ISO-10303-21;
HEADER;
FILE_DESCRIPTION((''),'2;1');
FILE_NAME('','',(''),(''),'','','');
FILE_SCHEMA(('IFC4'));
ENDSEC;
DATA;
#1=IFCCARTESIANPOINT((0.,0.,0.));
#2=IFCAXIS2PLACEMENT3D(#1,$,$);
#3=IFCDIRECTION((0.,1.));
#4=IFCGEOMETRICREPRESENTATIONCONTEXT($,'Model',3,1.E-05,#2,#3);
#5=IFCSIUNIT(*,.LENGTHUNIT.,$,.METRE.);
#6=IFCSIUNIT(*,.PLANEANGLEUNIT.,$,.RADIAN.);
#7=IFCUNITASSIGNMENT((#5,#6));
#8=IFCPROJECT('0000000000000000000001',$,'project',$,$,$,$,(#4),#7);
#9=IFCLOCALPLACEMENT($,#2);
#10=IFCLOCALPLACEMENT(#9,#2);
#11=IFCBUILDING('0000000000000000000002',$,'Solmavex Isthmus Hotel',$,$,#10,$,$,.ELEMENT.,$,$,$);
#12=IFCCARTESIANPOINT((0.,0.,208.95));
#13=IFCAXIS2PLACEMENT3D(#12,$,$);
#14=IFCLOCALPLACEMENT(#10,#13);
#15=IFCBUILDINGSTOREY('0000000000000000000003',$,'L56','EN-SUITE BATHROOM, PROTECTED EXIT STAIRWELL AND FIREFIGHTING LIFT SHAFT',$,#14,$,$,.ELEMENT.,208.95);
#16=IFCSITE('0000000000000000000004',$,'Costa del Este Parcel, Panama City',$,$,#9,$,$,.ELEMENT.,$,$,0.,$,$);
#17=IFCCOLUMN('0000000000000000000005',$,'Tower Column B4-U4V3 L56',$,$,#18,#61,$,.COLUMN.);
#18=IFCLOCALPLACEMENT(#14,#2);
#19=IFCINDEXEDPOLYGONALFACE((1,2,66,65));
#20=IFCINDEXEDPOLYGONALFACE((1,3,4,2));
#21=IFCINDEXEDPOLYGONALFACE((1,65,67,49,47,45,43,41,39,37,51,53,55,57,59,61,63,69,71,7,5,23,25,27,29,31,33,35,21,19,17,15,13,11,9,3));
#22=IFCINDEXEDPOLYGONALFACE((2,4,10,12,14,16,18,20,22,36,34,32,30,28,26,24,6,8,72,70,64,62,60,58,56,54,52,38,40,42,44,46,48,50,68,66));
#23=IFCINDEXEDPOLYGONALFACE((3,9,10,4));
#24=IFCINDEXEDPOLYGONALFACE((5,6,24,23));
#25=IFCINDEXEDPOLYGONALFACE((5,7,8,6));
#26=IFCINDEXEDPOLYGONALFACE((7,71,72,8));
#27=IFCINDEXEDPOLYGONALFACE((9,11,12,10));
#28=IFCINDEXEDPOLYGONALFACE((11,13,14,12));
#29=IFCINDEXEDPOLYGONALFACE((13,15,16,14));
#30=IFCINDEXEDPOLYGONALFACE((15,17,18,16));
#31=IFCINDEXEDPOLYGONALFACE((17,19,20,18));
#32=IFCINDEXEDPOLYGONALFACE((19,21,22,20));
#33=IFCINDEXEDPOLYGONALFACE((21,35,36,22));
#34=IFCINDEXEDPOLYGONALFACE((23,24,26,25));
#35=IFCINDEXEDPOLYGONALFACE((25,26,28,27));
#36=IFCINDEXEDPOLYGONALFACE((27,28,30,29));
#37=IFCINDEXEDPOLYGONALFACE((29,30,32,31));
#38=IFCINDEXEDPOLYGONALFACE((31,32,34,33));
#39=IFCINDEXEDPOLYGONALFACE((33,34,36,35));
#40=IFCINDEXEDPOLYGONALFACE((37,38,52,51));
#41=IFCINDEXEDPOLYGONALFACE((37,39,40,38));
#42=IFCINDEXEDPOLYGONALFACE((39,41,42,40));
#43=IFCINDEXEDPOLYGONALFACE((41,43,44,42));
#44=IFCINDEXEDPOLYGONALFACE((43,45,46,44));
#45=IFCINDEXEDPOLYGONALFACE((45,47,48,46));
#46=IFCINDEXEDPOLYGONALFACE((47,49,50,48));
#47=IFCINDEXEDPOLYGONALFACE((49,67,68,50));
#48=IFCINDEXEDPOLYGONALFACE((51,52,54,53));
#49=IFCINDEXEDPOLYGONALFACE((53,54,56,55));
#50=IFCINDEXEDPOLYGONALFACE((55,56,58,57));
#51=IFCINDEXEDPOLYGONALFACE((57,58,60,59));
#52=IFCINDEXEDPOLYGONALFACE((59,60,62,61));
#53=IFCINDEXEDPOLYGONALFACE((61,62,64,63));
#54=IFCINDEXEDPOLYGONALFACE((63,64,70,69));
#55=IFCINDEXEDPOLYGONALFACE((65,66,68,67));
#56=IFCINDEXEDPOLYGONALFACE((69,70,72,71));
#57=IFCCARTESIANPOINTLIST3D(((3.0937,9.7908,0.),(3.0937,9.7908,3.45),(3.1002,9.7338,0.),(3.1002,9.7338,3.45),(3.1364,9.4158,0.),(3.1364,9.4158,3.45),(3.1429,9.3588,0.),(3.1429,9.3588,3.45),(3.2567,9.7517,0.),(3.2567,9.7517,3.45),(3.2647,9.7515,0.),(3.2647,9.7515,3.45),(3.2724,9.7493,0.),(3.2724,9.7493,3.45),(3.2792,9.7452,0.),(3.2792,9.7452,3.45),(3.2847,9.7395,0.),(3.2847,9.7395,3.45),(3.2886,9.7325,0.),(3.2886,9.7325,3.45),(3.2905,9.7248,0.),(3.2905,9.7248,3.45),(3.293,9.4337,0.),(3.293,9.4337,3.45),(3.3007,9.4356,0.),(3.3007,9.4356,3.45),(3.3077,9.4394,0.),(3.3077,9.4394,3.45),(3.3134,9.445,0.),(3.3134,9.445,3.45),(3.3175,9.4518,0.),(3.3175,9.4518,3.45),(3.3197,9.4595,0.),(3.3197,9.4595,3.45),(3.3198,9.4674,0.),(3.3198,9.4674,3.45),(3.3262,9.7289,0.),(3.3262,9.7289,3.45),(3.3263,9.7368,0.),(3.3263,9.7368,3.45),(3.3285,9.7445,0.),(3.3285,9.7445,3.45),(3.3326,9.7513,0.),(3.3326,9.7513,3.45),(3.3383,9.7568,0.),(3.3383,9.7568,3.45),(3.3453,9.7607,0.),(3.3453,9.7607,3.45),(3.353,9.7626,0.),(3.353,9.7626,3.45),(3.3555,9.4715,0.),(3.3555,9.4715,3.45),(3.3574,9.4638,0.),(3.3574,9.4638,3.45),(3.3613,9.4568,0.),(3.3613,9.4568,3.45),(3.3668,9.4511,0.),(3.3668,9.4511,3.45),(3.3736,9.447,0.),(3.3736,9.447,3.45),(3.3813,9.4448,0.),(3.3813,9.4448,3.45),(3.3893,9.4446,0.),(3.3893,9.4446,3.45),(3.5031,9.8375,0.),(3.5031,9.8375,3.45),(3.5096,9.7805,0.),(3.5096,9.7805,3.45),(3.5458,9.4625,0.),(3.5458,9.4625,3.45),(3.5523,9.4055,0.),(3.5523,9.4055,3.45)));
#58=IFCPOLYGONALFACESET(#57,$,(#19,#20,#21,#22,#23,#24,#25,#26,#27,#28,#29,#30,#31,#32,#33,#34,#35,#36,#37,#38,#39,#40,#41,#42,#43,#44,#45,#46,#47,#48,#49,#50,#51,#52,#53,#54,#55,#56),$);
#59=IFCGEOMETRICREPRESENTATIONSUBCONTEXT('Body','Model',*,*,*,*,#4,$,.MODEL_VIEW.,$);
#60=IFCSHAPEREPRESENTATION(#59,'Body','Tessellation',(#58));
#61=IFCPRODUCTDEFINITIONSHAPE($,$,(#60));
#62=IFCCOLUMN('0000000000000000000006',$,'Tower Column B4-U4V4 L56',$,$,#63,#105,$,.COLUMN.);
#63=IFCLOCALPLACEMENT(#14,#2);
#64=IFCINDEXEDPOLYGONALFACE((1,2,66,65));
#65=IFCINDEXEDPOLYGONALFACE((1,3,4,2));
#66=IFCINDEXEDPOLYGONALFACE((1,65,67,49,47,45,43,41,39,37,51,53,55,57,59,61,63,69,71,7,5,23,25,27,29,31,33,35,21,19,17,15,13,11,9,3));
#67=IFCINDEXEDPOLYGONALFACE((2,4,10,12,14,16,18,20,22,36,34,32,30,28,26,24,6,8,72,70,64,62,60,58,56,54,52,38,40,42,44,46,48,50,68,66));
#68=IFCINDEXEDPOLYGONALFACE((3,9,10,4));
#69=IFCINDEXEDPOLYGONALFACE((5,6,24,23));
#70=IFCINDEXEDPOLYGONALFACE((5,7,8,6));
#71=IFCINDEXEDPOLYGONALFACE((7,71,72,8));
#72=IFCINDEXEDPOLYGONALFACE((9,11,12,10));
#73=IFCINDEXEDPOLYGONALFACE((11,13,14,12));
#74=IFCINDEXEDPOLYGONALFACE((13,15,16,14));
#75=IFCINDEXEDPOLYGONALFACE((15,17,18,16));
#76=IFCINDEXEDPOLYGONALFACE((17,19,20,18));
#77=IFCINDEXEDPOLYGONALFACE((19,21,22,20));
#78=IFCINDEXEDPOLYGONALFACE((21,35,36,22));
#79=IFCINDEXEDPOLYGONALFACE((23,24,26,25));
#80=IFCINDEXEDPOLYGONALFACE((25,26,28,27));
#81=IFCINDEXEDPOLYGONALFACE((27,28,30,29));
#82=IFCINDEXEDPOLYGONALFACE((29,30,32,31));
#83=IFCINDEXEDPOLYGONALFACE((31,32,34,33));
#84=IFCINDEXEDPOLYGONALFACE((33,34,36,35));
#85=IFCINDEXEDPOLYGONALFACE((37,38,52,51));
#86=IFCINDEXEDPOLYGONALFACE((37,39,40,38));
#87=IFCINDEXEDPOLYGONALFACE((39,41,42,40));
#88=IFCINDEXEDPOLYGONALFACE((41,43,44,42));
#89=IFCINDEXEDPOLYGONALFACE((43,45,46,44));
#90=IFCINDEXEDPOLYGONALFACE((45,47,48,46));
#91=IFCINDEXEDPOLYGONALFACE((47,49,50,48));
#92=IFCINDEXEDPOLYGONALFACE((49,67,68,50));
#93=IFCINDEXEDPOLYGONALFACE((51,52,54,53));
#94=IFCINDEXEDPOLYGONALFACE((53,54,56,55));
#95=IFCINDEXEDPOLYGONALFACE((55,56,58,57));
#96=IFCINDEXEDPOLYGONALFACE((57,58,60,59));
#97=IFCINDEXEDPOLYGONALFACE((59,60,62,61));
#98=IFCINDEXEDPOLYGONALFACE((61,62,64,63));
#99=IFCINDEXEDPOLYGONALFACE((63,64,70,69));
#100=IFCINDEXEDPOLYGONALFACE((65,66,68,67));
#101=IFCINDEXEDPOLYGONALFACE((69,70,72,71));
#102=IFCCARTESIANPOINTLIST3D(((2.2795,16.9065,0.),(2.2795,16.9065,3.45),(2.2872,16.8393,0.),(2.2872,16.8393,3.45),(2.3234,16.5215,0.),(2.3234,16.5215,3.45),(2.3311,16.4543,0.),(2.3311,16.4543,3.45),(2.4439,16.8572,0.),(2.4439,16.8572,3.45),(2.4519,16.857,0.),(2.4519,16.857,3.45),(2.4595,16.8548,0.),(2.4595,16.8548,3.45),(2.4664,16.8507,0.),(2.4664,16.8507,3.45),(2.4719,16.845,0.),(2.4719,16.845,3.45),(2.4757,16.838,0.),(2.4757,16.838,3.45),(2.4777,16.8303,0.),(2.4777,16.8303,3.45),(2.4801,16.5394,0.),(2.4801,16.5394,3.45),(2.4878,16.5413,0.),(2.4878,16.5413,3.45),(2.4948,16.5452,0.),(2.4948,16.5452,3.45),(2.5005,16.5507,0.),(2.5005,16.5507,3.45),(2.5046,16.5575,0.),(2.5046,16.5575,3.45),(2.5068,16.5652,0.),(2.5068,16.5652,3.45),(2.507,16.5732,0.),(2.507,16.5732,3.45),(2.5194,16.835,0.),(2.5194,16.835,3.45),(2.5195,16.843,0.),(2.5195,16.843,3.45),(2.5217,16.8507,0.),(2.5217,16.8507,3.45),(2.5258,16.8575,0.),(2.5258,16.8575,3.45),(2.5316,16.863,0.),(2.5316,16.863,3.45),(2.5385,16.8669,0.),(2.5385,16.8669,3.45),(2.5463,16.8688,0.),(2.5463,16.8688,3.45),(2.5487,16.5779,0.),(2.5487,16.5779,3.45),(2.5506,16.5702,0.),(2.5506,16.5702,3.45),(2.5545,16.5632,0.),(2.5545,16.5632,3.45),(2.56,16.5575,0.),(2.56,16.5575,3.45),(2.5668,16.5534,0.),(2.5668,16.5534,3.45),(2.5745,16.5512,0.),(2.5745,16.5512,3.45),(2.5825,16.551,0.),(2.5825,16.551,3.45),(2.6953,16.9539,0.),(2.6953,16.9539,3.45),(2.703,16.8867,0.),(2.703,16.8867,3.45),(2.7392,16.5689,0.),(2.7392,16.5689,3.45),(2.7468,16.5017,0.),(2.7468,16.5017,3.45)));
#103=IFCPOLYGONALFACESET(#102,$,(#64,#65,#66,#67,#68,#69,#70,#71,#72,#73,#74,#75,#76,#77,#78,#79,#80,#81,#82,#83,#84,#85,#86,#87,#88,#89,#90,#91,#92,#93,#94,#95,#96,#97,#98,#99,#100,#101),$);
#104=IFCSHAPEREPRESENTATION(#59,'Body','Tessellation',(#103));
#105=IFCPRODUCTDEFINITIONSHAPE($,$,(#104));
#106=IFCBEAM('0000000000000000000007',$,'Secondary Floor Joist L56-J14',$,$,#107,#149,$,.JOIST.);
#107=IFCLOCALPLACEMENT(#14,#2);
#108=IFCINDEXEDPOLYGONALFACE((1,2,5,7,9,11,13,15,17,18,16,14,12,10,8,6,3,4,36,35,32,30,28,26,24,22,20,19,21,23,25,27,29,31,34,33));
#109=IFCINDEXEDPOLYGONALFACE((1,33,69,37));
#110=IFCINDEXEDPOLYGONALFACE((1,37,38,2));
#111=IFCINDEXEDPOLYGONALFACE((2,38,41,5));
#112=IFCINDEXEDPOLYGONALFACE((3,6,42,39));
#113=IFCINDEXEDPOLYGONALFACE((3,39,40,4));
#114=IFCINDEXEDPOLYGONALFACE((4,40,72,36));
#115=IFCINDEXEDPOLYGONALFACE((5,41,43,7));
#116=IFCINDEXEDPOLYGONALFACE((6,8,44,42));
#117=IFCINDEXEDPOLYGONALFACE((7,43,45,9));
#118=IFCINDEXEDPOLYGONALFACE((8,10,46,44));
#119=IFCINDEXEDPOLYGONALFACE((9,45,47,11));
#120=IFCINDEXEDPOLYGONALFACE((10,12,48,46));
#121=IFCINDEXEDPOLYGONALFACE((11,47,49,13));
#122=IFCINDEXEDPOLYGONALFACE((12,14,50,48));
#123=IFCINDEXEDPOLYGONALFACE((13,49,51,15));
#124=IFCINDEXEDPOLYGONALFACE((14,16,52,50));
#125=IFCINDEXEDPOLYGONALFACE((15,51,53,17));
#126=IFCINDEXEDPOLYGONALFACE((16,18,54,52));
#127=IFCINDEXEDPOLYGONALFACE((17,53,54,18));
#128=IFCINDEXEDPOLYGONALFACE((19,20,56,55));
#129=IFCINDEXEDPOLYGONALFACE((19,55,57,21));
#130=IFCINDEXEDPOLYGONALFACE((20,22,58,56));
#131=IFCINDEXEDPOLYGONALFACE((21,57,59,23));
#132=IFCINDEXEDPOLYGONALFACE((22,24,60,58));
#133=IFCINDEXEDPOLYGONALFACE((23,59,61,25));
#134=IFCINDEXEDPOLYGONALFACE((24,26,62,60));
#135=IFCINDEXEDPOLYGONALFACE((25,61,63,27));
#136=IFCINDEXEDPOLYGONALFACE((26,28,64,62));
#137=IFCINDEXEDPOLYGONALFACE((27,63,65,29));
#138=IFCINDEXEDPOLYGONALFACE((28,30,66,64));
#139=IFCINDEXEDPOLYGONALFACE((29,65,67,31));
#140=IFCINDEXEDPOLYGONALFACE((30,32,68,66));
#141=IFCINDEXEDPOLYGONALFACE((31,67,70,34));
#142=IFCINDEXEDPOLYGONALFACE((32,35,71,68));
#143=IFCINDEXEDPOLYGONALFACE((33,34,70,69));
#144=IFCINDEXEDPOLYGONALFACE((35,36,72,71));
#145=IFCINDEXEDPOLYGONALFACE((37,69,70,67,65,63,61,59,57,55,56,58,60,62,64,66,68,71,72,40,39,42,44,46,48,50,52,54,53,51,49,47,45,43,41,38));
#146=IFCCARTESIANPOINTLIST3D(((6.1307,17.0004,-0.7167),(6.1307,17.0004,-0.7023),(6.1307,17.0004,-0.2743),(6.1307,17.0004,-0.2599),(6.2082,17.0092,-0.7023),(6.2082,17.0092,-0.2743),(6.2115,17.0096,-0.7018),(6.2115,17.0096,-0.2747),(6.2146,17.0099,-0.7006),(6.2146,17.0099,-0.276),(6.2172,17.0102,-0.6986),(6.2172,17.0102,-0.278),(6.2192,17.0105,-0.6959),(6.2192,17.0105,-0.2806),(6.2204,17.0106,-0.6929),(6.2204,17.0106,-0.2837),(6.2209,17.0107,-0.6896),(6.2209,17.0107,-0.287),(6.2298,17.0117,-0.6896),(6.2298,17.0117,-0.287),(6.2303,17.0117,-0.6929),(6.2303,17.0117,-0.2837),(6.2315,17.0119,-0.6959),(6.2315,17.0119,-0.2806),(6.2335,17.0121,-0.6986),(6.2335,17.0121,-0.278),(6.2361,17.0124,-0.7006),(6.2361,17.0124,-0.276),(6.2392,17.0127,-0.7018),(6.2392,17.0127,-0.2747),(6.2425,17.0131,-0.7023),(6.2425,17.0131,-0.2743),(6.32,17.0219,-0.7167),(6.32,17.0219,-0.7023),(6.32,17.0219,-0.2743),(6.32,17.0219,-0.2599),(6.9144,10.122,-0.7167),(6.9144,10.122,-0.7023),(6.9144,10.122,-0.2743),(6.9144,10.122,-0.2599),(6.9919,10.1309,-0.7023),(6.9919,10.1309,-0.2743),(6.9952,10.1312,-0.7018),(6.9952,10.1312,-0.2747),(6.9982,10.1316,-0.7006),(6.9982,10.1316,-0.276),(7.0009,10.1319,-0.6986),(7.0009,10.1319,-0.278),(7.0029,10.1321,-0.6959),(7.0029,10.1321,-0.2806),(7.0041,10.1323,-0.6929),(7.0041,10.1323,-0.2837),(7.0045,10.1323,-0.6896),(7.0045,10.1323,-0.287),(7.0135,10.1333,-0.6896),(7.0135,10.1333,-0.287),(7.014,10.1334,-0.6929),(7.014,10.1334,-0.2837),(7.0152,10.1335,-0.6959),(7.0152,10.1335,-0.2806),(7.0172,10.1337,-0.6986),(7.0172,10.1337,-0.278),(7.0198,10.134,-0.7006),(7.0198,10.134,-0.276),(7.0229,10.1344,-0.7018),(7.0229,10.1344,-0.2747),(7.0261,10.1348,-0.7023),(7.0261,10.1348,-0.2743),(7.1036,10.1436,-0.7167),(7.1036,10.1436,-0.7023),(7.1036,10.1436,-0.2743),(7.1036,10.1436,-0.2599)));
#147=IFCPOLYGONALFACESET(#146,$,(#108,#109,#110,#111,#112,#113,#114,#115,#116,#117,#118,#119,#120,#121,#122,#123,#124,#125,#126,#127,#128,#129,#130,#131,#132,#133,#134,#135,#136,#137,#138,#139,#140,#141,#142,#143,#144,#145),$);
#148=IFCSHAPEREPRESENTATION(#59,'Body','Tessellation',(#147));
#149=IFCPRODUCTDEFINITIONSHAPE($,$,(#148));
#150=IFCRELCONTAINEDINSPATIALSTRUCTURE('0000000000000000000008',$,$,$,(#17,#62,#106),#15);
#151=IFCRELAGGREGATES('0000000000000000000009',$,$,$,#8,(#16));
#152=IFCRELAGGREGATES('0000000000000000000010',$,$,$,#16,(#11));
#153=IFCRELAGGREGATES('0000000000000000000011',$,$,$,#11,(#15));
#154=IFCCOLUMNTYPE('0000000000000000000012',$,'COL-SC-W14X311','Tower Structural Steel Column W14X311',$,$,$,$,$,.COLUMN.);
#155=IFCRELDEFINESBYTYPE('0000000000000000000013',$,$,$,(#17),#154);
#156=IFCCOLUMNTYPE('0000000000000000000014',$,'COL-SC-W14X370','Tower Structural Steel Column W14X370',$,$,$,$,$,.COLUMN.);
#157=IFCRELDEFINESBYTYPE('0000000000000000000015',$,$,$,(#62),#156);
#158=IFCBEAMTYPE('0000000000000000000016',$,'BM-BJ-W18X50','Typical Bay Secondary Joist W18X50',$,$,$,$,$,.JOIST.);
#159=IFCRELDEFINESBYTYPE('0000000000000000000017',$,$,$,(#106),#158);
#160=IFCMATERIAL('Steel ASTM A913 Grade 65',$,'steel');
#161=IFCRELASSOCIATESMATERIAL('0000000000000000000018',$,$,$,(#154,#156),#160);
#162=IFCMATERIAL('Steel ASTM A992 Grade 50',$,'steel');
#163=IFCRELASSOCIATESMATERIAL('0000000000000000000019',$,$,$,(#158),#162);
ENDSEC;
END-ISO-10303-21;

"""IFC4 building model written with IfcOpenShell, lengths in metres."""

from ifc_helpers import new_model, si_unit, direction, frame, origin, origin_2d, place, context, subcontext, project, spatial, i_section, extrude, material, material_profile, profile_set, type_object, element, save


model = new_model("IFC4")

# Units and contexts
model_context = context("Model", 3, precision=1e-05, world=origin(), true_north=direction((0.0, 1.0)))
body_context = subcontext(model_context, "Body", "Model", "MODEL_VIEW")
ifc_project = project(units=[si_unit("LENGTHUNIT", "METRE"), si_unit("PLANEANGLEUNIT", "RADIAN")], contexts=[model_context])

# Site, building, storey
site_placement = place(None, origin())
site = spatial("IfcSite", under=ifc_project, at=site_placement, Name="Costa del Este Parcel, Panama City", CompositionType="ELEMENT", RefElevation=0.0)
building_placement = place(site_placement, origin())
building = spatial("IfcBuilding", under=site, at=building_placement, Name="Solmavex Isthmus Hotel", CompositionType="ELEMENT")
storey_placement = place(building_placement, frame((0.0, 0.0, 208.95)))
storey = spatial("IfcBuildingStorey", under=building, at=storey_placement, Name="L56", Description="EN-SUITE BATHROOM, PROTECTED EXIT STAIRWELL AND FIREFIGHTING LIFT SHAFT", CompositionType="ELEMENT", Elevation=208.95)

# Columns
ifc_material_1 = material(Name="Steel ASTM A913 Grade 65", Category="steel")
ifc_material_profile_1 = material_profile(ifc_material_1, i_section(OverallWidth=0.4121, OverallDepth=0.4348, WebThickness=0.0359, FlangeThickness=0.0574, FilletRadius=0.0305, at=origin_2d()), Name="W14X311")
ifc_profile_set_1 = profile_set([ifc_material_profile_1], Name="Steel ASTM A913 Grade 65")
column_type_1 = type_object("IfcColumnType", Name="COL-SC-W14X311", Description="Tower Structural Steel Column W14X311", PredefinedType="COLUMN", material=ifc_profile_set_1)
column_1_placement = place(storey_placement, frame((3.323, 9.5981, 0.0), z_axis=(0.0, 0.0, 1.0), x_axis=(0.993572, 0.113203, 0.0)))
element("IfcColumn", 1, at=column_1_placement, inside=storey, type_object=column_type_1, Name="Tower Column B4-U4V3 L56", PredefinedType="COLUMN", context=body_context, shape_type="SweptSolid", body=[
    extrude(i_section(OverallWidth=0.4121, OverallDepth=0.4348, WebThickness=0.0359, FlangeThickness=0.0574, FilletRadius=0.0305, at=origin_2d()), origin(), (0.0, 0.0, 1.0), 3.45),
])
ifc_material_profile_2 = material_profile(ifc_material_1, i_section(OverallWidth=0.4185, OverallDepth=0.4551, WebThickness=0.042, FlangeThickness=0.0676, FilletRadius=0.0305, at=origin_2d()), Name="W14X370")
ifc_profile_set_2 = profile_set([ifc_material_profile_2], Name="Steel ASTM A913 Grade 65")
column_type_2 = type_object("IfcColumnType", Name="COL-SC-W14X370", Description="Tower Structural Steel Column W14X370", PredefinedType="COLUMN", material=ifc_profile_set_2)
column_2_placement = place(storey_placement, frame((2.5132, 16.7041, 0.0), z_axis=(0.0, 0.0, 1.0), x_axis=(0.993572, 0.113203, 0.0)))
element("IfcColumn", 2, at=column_2_placement, inside=storey, type_object=column_type_2, Name="Tower Column B4-U4V4 L56", PredefinedType="COLUMN", context=body_context, shape_type="SweptSolid", body=[
    extrude(i_section(OverallWidth=0.4185, OverallDepth=0.4551, WebThickness=0.042, FlangeThickness=0.0676, FilletRadius=0.0305, at=origin_2d()), origin(), (0.0, 0.0, 1.0), 3.45),
])

# Beam
ifc_material_2 = material(Name="Steel ASTM A992 Grade 50", Category="steel")
ifc_material_profile_3 = material_profile(ifc_material_2, i_section(OverallWidth=0.1904, OverallDepth=0.4568, WebThickness=0.009, FlangeThickness=0.0144, FilletRadius=0.0127, at=origin_2d()), Name="W18X50")
ifc_profile_set_3 = profile_set([ifc_material_profile_3], Name="Steel ASTM A992 Grade 50")
beam_type_1 = type_object("IfcBeamType", Name="BM-BJ-W18X50", Description="Typical Bay Secondary Joist W18X50", PredefinedType="JOIST", material=ifc_profile_set_3)
beam_1_placement = place(storey_placement, frame((7.009, 10.1328, -0.4883), z_axis=(-0.113202, 0.993572, 0.0), x_axis=(-0.993572, -0.113202, 0.0)))
element("IfcBeam", 3, at=beam_1_placement, inside=storey, type_object=beam_type_1, Name="Secondary Floor Joist L56-J14", PredefinedType="JOIST", context=body_context, shape_type="SweptSolid", body=[
    extrude(i_section(OverallWidth=0.1904, OverallDepth=0.4568, WebThickness=0.009, FlangeThickness=0.0144, FilletRadius=0.0127, at=origin_2d()), origin(), (0.0, 0.0, 1.0), 6.9229),
])

save(model, "model.ifc")
